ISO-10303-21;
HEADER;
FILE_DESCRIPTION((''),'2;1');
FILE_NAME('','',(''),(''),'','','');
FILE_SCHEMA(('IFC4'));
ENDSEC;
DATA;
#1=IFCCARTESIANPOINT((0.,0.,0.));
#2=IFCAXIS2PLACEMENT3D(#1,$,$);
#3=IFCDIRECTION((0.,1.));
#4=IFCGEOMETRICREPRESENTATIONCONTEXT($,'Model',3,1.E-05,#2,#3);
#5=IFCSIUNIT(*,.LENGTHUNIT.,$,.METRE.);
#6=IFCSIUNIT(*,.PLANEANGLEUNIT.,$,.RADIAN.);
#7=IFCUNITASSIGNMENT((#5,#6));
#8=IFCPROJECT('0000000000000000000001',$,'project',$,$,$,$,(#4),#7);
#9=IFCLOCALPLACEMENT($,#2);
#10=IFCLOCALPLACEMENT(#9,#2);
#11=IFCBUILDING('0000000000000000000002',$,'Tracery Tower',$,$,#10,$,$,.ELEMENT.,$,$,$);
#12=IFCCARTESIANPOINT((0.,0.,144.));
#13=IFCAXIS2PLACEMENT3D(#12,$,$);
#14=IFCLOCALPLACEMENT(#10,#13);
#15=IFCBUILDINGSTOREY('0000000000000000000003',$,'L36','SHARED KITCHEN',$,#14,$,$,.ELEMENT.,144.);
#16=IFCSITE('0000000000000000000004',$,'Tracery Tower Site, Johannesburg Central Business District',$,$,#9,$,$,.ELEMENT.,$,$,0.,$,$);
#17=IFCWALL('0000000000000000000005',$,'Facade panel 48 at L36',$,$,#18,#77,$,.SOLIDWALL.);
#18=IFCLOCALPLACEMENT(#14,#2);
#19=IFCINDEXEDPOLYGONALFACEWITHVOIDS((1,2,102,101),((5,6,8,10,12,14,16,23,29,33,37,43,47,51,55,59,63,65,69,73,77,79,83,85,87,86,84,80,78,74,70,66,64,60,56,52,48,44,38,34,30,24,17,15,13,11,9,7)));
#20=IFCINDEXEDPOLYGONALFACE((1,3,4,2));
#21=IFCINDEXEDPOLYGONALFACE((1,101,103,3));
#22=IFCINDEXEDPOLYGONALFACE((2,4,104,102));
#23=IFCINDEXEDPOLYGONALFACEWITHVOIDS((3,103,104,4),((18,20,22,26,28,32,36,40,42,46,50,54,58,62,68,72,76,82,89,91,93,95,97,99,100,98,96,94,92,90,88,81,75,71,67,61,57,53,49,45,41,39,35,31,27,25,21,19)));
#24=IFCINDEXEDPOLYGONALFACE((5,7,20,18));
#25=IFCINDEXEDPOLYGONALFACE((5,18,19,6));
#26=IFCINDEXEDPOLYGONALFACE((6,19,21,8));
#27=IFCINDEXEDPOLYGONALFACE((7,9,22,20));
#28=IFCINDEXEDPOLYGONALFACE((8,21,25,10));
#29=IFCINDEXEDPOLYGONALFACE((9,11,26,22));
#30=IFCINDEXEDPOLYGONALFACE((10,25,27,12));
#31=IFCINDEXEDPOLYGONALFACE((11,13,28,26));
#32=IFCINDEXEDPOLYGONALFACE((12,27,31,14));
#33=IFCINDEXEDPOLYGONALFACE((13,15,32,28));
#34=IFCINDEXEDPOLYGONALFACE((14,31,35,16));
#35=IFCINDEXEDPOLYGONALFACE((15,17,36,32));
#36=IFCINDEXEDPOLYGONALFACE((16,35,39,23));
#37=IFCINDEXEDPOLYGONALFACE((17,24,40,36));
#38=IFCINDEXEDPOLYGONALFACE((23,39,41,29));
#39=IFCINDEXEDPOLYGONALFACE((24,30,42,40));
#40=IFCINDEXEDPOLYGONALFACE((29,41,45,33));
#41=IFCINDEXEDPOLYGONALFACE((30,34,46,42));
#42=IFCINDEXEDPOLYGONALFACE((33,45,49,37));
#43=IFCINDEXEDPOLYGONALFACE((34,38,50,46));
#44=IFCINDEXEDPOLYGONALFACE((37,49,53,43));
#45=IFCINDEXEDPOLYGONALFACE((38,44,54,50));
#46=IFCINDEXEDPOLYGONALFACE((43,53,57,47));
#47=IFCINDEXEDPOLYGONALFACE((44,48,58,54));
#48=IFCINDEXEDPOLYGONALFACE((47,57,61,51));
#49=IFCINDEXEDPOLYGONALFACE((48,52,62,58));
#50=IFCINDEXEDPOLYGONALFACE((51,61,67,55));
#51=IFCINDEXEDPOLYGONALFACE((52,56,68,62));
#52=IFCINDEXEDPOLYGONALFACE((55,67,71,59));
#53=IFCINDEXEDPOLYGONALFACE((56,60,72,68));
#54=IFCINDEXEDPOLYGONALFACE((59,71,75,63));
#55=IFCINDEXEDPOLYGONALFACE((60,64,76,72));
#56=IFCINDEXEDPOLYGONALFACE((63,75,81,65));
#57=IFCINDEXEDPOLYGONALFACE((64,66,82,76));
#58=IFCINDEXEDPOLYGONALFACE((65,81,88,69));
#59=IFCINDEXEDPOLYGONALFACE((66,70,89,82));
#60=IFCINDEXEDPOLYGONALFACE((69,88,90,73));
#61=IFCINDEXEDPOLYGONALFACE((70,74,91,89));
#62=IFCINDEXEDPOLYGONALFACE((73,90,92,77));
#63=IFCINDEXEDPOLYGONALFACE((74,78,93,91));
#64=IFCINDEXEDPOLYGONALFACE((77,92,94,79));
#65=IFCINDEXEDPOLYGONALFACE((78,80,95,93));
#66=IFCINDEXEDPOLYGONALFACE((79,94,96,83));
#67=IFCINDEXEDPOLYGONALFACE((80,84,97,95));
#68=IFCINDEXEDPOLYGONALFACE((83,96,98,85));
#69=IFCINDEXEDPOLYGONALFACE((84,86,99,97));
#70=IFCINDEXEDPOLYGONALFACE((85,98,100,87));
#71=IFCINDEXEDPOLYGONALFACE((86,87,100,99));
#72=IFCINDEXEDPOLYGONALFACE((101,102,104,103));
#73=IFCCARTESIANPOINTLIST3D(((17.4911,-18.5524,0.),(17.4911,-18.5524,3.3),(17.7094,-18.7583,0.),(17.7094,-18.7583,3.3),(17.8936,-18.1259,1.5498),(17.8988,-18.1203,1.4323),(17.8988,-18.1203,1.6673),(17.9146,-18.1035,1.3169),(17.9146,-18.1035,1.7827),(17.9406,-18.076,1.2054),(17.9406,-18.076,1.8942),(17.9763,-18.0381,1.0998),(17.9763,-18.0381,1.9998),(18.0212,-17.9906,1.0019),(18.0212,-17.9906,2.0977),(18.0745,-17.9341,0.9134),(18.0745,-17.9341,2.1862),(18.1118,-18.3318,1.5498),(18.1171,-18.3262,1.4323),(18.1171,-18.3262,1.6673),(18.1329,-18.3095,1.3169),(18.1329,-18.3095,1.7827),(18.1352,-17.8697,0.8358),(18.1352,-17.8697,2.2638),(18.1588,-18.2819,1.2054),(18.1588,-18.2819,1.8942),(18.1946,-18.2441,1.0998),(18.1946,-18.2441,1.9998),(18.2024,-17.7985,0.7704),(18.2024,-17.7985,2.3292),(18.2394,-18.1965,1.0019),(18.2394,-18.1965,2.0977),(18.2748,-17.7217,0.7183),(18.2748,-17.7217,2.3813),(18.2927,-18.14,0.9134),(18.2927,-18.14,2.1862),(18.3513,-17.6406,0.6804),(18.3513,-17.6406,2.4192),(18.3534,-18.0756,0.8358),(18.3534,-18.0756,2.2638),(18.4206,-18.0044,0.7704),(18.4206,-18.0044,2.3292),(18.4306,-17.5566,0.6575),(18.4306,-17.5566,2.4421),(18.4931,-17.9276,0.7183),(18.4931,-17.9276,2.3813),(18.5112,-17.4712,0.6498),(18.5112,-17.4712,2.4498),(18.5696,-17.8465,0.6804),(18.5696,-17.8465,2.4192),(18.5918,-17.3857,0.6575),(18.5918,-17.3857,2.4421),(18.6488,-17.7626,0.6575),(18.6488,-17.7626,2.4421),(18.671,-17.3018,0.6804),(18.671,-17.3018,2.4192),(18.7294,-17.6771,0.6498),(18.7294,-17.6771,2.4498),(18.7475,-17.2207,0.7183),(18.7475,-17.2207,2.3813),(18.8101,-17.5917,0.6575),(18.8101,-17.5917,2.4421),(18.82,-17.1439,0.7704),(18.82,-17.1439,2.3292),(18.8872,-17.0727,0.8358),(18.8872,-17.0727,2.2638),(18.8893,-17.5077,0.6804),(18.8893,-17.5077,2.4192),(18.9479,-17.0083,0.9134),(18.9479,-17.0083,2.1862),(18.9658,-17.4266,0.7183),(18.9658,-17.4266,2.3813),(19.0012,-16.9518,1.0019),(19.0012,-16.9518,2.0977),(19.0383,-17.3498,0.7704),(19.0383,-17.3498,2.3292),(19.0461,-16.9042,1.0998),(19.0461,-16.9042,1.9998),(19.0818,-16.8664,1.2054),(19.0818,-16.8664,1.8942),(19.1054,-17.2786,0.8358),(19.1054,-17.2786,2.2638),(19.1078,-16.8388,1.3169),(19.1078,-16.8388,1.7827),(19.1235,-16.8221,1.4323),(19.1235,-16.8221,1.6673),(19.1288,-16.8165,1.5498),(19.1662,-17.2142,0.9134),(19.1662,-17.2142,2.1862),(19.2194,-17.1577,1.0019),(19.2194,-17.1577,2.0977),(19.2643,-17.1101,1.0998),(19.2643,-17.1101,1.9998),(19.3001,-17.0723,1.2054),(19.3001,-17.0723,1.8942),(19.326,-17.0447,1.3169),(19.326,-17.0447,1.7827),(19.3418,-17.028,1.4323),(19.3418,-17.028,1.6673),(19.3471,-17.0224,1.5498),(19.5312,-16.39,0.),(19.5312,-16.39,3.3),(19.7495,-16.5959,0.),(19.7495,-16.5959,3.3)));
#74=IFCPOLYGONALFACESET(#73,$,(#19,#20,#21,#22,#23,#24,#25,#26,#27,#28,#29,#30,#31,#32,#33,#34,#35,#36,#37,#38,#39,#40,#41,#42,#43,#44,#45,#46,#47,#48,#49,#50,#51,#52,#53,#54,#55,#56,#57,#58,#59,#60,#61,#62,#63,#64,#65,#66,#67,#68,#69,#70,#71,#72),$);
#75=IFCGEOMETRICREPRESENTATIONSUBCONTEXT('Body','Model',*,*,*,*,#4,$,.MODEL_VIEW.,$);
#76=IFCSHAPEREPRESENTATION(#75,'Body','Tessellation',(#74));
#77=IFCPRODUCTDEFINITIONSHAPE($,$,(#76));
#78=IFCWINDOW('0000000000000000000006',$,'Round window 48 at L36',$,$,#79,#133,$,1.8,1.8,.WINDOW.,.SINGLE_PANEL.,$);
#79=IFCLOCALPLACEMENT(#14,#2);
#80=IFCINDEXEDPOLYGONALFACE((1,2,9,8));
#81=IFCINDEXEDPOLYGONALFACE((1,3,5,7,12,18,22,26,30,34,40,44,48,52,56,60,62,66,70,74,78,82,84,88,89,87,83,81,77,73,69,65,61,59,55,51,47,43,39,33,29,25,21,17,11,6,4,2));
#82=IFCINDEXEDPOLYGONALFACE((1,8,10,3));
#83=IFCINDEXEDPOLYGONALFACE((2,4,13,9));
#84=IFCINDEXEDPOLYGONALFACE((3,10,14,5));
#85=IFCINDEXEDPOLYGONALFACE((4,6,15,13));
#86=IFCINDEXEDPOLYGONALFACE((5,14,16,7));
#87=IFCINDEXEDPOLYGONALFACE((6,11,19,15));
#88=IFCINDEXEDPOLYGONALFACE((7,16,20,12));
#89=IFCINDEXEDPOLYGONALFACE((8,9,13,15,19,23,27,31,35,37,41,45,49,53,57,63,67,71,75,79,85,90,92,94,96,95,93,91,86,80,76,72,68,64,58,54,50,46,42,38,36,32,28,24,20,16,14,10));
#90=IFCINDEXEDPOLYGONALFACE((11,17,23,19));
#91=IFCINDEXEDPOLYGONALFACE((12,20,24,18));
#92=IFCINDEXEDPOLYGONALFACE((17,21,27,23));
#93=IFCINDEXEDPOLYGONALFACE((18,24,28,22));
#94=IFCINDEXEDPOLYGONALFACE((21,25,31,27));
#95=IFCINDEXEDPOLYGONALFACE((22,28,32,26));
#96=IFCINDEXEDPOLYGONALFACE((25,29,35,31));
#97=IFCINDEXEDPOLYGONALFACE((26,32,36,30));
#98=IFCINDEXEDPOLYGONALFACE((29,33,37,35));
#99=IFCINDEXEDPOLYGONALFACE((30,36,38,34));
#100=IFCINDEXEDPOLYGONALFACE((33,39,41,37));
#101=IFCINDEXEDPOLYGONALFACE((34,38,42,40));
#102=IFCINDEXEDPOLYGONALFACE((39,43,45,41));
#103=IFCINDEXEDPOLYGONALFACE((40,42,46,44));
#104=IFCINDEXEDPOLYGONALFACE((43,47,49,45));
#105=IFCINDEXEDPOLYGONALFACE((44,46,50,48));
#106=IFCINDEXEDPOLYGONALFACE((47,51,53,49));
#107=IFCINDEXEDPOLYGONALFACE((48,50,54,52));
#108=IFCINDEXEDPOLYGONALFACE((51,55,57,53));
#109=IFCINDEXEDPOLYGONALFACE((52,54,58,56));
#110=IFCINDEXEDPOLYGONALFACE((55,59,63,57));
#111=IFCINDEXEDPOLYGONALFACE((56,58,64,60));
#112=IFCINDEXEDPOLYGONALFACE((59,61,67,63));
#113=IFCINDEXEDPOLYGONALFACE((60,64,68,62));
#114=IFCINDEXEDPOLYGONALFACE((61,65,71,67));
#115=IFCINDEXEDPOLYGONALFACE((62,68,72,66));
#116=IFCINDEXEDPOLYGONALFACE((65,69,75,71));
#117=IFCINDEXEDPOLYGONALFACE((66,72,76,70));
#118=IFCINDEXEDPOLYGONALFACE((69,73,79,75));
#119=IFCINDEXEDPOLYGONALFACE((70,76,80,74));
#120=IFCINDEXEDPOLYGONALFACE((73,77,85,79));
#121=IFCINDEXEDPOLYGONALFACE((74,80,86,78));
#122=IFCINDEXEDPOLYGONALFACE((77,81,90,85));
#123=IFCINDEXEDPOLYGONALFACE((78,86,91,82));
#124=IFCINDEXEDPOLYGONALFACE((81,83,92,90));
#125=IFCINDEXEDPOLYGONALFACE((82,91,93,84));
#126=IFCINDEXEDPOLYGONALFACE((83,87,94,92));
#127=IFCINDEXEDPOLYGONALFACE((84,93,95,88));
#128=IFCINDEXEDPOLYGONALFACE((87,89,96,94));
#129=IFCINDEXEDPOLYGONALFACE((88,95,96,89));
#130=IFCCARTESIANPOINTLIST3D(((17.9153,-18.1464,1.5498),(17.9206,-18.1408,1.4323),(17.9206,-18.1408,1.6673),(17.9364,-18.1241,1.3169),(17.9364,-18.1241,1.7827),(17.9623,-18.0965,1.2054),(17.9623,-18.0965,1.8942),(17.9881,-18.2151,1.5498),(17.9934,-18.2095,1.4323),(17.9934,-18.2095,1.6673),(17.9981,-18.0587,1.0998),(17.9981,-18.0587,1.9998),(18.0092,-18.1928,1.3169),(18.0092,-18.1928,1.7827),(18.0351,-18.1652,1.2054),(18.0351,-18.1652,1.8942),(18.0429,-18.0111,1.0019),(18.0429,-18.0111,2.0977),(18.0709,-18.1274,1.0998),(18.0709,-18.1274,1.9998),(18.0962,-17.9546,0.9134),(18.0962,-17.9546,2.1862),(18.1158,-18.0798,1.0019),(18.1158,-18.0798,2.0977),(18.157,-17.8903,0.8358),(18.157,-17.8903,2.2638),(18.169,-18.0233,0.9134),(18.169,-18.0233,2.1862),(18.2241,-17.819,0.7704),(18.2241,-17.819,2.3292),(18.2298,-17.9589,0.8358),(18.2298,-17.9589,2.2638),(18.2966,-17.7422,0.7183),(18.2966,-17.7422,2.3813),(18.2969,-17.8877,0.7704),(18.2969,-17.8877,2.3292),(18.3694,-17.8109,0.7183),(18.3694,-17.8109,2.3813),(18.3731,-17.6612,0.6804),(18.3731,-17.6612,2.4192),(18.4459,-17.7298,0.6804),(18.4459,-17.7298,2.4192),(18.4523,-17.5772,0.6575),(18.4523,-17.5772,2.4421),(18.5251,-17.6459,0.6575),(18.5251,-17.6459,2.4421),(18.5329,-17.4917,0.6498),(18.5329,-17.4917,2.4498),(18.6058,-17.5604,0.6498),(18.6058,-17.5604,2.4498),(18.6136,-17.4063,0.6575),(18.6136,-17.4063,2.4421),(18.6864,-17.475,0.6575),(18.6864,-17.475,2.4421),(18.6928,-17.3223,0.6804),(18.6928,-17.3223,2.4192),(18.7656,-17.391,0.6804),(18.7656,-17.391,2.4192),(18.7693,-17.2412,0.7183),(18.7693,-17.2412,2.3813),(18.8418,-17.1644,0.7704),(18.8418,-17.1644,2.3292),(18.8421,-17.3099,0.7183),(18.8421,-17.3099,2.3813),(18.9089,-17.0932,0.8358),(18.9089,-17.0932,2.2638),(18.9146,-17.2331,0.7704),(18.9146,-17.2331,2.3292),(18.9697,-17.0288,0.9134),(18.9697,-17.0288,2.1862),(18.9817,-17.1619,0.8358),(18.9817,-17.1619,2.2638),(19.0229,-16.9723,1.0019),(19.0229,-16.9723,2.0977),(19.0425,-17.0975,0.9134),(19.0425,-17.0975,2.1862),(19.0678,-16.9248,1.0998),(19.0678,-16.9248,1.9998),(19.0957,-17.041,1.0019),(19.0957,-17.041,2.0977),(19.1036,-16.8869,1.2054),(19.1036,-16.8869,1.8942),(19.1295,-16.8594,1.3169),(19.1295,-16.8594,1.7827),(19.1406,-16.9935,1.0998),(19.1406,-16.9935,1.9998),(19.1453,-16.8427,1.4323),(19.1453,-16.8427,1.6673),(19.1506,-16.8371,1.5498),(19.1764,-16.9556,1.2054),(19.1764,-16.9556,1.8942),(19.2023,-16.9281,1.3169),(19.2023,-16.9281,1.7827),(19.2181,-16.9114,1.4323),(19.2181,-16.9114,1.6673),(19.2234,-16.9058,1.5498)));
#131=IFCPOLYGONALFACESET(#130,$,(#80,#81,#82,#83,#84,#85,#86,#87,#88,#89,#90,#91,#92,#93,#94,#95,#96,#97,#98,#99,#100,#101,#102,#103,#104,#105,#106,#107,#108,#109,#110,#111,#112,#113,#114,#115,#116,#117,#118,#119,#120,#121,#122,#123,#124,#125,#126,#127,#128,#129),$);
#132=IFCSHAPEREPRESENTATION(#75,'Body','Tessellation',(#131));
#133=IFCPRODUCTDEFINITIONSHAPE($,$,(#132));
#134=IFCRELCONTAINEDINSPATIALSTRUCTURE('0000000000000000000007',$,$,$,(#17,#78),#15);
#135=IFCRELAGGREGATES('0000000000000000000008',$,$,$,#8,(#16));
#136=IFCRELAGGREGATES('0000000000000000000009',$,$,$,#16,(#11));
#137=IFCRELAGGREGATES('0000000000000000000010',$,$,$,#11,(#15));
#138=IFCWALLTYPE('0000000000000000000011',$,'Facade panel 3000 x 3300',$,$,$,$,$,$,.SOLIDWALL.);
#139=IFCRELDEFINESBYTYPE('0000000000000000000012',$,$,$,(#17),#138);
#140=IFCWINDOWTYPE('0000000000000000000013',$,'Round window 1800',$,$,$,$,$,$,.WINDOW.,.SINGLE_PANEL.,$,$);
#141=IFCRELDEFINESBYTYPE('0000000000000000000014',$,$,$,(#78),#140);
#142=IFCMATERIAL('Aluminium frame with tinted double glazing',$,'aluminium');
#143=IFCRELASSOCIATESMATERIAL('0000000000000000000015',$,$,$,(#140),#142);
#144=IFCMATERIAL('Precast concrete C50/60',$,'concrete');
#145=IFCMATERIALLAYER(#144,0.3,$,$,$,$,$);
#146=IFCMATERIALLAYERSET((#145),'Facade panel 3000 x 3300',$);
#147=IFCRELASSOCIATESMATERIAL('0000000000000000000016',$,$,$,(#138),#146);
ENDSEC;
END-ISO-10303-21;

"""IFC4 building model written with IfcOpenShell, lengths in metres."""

from ifc_helpers import new_model, si_unit, direction, frame, frame_2d, origin, origin_2d, place, context, subcontext, project, spatial, rectangle, circle, extrude, material, layer, layer_set, type_object, element, fill, save


model = new_model("IFC4")

# Units and contexts
model_context = context("Model", 3, precision=1e-05, world=origin(), true_north=direction((0.0, 1.0)))
body_context = subcontext(model_context, "Body", "Model", "MODEL_VIEW")
ifc_project = project(units=[si_unit("LENGTHUNIT", "METRE"), si_unit("PLANEANGLEUNIT", "RADIAN")], contexts=[model_context])

# Site, building, storey
site_placement = place(None, origin())
site = spatial("IfcSite", under=ifc_project, at=site_placement, Name="Tracery Tower Site, Johannesburg Central Business District", CompositionType="ELEMENT", RefElevation=0.0)
building_placement = place(site_placement, origin())
building = spatial("IfcBuilding", under=site, at=building_placement, Name="Tracery Tower", CompositionType="ELEMENT")
storey_placement = place(building_placement, frame((0.0, 0.0, 144.0)))
storey = spatial("IfcBuildingStorey", under=building, at=storey_placement, Name="L36", Description="SHARED KITCHEN", CompositionType="ELEMENT", Elevation=144.0)

# Wall, opening, window
ifc_material_1 = material(Name="Aluminium frame with tinted double glazing", Category="aluminium")
window_type = type_object("IfcWindowType", Name="Round window 1800", PartitioningType="SINGLE_PANEL", PredefinedType="WINDOW", material=ifc_material_1)
ifc_material_2 = material(Name="Precast concrete C50/60", Category="concrete")
ifc_layer_1 = layer(ifc_material_2, 0.3)
ifc_layer_set_1 = layer_set([ifc_layer_1], Name="Facade panel 3000 x 3300")
wall_type_1 = type_object("IfcWallType", Name="Facade panel 3000 x 3300", PredefinedType="SOLIDWALL", material=ifc_layer_set_1)
wall_1_placement = place(storey_placement, frame((17.6003, -18.6553, 0.0), z_axis=(0.0, 0.0, 1.0), x_axis=(0.686235, 0.72738, 0.0)))
wall_1 = element("IfcWall", 1, at=wall_1_placement, inside=storey, type_object=wall_type_1, Name="Facade panel 48 at L36", PredefinedType="SOLIDWALL", context=body_context, shape_type="SweptSolid", body=[
    extrude(rectangle(XDim=2.9729, YDim=0.3, at=frame_2d((1.4863, 0.0))), origin(), (0.0, 0.0, 1.0), 3.3),
])
opening_1_placement = place(wall_1_placement, frame((1.4863, 0.0, 1.5498)))
opening_1 = element("IfcOpeningElement", 2, at=opening_1_placement, cuts=wall_1, PredefinedType="OPENING", context=body_context, shape_type="SweptSolid", body=[
    extrude(circle(Radius=0.9, at=origin_2d()), frame((0.0, 0.1599, 0.0), z_axis=(0.0, -1.0, 0.0), x_axis=(1.0, 0.0, 0.0)), (0.0, 0.0, 1.0), 0.3201),
])
window_1_placement = place(opening_1_placement, origin())
window_1 = element("IfcWindow", 3, at=window_1_placement, inside=storey, type_object=window_type, Name="Round window 48 at L36", OverallHeight=1.8, OverallWidth=1.8, PartitioningType="SINGLE_PANEL", PredefinedType="WINDOW", context=body_context, shape_type="SweptSolid", body=[
    extrude(circle(Radius=0.9, at=origin_2d()), frame((0.0, 0.1201, 0.0), z_axis=(0.0, -1.0, 0.0), x_axis=(1.0, 0.0, 0.0)), (0.0, 0.0, 1.0), 0.1001),
])
fill(opening_1, window_1)

save(model, "model.ifc")
